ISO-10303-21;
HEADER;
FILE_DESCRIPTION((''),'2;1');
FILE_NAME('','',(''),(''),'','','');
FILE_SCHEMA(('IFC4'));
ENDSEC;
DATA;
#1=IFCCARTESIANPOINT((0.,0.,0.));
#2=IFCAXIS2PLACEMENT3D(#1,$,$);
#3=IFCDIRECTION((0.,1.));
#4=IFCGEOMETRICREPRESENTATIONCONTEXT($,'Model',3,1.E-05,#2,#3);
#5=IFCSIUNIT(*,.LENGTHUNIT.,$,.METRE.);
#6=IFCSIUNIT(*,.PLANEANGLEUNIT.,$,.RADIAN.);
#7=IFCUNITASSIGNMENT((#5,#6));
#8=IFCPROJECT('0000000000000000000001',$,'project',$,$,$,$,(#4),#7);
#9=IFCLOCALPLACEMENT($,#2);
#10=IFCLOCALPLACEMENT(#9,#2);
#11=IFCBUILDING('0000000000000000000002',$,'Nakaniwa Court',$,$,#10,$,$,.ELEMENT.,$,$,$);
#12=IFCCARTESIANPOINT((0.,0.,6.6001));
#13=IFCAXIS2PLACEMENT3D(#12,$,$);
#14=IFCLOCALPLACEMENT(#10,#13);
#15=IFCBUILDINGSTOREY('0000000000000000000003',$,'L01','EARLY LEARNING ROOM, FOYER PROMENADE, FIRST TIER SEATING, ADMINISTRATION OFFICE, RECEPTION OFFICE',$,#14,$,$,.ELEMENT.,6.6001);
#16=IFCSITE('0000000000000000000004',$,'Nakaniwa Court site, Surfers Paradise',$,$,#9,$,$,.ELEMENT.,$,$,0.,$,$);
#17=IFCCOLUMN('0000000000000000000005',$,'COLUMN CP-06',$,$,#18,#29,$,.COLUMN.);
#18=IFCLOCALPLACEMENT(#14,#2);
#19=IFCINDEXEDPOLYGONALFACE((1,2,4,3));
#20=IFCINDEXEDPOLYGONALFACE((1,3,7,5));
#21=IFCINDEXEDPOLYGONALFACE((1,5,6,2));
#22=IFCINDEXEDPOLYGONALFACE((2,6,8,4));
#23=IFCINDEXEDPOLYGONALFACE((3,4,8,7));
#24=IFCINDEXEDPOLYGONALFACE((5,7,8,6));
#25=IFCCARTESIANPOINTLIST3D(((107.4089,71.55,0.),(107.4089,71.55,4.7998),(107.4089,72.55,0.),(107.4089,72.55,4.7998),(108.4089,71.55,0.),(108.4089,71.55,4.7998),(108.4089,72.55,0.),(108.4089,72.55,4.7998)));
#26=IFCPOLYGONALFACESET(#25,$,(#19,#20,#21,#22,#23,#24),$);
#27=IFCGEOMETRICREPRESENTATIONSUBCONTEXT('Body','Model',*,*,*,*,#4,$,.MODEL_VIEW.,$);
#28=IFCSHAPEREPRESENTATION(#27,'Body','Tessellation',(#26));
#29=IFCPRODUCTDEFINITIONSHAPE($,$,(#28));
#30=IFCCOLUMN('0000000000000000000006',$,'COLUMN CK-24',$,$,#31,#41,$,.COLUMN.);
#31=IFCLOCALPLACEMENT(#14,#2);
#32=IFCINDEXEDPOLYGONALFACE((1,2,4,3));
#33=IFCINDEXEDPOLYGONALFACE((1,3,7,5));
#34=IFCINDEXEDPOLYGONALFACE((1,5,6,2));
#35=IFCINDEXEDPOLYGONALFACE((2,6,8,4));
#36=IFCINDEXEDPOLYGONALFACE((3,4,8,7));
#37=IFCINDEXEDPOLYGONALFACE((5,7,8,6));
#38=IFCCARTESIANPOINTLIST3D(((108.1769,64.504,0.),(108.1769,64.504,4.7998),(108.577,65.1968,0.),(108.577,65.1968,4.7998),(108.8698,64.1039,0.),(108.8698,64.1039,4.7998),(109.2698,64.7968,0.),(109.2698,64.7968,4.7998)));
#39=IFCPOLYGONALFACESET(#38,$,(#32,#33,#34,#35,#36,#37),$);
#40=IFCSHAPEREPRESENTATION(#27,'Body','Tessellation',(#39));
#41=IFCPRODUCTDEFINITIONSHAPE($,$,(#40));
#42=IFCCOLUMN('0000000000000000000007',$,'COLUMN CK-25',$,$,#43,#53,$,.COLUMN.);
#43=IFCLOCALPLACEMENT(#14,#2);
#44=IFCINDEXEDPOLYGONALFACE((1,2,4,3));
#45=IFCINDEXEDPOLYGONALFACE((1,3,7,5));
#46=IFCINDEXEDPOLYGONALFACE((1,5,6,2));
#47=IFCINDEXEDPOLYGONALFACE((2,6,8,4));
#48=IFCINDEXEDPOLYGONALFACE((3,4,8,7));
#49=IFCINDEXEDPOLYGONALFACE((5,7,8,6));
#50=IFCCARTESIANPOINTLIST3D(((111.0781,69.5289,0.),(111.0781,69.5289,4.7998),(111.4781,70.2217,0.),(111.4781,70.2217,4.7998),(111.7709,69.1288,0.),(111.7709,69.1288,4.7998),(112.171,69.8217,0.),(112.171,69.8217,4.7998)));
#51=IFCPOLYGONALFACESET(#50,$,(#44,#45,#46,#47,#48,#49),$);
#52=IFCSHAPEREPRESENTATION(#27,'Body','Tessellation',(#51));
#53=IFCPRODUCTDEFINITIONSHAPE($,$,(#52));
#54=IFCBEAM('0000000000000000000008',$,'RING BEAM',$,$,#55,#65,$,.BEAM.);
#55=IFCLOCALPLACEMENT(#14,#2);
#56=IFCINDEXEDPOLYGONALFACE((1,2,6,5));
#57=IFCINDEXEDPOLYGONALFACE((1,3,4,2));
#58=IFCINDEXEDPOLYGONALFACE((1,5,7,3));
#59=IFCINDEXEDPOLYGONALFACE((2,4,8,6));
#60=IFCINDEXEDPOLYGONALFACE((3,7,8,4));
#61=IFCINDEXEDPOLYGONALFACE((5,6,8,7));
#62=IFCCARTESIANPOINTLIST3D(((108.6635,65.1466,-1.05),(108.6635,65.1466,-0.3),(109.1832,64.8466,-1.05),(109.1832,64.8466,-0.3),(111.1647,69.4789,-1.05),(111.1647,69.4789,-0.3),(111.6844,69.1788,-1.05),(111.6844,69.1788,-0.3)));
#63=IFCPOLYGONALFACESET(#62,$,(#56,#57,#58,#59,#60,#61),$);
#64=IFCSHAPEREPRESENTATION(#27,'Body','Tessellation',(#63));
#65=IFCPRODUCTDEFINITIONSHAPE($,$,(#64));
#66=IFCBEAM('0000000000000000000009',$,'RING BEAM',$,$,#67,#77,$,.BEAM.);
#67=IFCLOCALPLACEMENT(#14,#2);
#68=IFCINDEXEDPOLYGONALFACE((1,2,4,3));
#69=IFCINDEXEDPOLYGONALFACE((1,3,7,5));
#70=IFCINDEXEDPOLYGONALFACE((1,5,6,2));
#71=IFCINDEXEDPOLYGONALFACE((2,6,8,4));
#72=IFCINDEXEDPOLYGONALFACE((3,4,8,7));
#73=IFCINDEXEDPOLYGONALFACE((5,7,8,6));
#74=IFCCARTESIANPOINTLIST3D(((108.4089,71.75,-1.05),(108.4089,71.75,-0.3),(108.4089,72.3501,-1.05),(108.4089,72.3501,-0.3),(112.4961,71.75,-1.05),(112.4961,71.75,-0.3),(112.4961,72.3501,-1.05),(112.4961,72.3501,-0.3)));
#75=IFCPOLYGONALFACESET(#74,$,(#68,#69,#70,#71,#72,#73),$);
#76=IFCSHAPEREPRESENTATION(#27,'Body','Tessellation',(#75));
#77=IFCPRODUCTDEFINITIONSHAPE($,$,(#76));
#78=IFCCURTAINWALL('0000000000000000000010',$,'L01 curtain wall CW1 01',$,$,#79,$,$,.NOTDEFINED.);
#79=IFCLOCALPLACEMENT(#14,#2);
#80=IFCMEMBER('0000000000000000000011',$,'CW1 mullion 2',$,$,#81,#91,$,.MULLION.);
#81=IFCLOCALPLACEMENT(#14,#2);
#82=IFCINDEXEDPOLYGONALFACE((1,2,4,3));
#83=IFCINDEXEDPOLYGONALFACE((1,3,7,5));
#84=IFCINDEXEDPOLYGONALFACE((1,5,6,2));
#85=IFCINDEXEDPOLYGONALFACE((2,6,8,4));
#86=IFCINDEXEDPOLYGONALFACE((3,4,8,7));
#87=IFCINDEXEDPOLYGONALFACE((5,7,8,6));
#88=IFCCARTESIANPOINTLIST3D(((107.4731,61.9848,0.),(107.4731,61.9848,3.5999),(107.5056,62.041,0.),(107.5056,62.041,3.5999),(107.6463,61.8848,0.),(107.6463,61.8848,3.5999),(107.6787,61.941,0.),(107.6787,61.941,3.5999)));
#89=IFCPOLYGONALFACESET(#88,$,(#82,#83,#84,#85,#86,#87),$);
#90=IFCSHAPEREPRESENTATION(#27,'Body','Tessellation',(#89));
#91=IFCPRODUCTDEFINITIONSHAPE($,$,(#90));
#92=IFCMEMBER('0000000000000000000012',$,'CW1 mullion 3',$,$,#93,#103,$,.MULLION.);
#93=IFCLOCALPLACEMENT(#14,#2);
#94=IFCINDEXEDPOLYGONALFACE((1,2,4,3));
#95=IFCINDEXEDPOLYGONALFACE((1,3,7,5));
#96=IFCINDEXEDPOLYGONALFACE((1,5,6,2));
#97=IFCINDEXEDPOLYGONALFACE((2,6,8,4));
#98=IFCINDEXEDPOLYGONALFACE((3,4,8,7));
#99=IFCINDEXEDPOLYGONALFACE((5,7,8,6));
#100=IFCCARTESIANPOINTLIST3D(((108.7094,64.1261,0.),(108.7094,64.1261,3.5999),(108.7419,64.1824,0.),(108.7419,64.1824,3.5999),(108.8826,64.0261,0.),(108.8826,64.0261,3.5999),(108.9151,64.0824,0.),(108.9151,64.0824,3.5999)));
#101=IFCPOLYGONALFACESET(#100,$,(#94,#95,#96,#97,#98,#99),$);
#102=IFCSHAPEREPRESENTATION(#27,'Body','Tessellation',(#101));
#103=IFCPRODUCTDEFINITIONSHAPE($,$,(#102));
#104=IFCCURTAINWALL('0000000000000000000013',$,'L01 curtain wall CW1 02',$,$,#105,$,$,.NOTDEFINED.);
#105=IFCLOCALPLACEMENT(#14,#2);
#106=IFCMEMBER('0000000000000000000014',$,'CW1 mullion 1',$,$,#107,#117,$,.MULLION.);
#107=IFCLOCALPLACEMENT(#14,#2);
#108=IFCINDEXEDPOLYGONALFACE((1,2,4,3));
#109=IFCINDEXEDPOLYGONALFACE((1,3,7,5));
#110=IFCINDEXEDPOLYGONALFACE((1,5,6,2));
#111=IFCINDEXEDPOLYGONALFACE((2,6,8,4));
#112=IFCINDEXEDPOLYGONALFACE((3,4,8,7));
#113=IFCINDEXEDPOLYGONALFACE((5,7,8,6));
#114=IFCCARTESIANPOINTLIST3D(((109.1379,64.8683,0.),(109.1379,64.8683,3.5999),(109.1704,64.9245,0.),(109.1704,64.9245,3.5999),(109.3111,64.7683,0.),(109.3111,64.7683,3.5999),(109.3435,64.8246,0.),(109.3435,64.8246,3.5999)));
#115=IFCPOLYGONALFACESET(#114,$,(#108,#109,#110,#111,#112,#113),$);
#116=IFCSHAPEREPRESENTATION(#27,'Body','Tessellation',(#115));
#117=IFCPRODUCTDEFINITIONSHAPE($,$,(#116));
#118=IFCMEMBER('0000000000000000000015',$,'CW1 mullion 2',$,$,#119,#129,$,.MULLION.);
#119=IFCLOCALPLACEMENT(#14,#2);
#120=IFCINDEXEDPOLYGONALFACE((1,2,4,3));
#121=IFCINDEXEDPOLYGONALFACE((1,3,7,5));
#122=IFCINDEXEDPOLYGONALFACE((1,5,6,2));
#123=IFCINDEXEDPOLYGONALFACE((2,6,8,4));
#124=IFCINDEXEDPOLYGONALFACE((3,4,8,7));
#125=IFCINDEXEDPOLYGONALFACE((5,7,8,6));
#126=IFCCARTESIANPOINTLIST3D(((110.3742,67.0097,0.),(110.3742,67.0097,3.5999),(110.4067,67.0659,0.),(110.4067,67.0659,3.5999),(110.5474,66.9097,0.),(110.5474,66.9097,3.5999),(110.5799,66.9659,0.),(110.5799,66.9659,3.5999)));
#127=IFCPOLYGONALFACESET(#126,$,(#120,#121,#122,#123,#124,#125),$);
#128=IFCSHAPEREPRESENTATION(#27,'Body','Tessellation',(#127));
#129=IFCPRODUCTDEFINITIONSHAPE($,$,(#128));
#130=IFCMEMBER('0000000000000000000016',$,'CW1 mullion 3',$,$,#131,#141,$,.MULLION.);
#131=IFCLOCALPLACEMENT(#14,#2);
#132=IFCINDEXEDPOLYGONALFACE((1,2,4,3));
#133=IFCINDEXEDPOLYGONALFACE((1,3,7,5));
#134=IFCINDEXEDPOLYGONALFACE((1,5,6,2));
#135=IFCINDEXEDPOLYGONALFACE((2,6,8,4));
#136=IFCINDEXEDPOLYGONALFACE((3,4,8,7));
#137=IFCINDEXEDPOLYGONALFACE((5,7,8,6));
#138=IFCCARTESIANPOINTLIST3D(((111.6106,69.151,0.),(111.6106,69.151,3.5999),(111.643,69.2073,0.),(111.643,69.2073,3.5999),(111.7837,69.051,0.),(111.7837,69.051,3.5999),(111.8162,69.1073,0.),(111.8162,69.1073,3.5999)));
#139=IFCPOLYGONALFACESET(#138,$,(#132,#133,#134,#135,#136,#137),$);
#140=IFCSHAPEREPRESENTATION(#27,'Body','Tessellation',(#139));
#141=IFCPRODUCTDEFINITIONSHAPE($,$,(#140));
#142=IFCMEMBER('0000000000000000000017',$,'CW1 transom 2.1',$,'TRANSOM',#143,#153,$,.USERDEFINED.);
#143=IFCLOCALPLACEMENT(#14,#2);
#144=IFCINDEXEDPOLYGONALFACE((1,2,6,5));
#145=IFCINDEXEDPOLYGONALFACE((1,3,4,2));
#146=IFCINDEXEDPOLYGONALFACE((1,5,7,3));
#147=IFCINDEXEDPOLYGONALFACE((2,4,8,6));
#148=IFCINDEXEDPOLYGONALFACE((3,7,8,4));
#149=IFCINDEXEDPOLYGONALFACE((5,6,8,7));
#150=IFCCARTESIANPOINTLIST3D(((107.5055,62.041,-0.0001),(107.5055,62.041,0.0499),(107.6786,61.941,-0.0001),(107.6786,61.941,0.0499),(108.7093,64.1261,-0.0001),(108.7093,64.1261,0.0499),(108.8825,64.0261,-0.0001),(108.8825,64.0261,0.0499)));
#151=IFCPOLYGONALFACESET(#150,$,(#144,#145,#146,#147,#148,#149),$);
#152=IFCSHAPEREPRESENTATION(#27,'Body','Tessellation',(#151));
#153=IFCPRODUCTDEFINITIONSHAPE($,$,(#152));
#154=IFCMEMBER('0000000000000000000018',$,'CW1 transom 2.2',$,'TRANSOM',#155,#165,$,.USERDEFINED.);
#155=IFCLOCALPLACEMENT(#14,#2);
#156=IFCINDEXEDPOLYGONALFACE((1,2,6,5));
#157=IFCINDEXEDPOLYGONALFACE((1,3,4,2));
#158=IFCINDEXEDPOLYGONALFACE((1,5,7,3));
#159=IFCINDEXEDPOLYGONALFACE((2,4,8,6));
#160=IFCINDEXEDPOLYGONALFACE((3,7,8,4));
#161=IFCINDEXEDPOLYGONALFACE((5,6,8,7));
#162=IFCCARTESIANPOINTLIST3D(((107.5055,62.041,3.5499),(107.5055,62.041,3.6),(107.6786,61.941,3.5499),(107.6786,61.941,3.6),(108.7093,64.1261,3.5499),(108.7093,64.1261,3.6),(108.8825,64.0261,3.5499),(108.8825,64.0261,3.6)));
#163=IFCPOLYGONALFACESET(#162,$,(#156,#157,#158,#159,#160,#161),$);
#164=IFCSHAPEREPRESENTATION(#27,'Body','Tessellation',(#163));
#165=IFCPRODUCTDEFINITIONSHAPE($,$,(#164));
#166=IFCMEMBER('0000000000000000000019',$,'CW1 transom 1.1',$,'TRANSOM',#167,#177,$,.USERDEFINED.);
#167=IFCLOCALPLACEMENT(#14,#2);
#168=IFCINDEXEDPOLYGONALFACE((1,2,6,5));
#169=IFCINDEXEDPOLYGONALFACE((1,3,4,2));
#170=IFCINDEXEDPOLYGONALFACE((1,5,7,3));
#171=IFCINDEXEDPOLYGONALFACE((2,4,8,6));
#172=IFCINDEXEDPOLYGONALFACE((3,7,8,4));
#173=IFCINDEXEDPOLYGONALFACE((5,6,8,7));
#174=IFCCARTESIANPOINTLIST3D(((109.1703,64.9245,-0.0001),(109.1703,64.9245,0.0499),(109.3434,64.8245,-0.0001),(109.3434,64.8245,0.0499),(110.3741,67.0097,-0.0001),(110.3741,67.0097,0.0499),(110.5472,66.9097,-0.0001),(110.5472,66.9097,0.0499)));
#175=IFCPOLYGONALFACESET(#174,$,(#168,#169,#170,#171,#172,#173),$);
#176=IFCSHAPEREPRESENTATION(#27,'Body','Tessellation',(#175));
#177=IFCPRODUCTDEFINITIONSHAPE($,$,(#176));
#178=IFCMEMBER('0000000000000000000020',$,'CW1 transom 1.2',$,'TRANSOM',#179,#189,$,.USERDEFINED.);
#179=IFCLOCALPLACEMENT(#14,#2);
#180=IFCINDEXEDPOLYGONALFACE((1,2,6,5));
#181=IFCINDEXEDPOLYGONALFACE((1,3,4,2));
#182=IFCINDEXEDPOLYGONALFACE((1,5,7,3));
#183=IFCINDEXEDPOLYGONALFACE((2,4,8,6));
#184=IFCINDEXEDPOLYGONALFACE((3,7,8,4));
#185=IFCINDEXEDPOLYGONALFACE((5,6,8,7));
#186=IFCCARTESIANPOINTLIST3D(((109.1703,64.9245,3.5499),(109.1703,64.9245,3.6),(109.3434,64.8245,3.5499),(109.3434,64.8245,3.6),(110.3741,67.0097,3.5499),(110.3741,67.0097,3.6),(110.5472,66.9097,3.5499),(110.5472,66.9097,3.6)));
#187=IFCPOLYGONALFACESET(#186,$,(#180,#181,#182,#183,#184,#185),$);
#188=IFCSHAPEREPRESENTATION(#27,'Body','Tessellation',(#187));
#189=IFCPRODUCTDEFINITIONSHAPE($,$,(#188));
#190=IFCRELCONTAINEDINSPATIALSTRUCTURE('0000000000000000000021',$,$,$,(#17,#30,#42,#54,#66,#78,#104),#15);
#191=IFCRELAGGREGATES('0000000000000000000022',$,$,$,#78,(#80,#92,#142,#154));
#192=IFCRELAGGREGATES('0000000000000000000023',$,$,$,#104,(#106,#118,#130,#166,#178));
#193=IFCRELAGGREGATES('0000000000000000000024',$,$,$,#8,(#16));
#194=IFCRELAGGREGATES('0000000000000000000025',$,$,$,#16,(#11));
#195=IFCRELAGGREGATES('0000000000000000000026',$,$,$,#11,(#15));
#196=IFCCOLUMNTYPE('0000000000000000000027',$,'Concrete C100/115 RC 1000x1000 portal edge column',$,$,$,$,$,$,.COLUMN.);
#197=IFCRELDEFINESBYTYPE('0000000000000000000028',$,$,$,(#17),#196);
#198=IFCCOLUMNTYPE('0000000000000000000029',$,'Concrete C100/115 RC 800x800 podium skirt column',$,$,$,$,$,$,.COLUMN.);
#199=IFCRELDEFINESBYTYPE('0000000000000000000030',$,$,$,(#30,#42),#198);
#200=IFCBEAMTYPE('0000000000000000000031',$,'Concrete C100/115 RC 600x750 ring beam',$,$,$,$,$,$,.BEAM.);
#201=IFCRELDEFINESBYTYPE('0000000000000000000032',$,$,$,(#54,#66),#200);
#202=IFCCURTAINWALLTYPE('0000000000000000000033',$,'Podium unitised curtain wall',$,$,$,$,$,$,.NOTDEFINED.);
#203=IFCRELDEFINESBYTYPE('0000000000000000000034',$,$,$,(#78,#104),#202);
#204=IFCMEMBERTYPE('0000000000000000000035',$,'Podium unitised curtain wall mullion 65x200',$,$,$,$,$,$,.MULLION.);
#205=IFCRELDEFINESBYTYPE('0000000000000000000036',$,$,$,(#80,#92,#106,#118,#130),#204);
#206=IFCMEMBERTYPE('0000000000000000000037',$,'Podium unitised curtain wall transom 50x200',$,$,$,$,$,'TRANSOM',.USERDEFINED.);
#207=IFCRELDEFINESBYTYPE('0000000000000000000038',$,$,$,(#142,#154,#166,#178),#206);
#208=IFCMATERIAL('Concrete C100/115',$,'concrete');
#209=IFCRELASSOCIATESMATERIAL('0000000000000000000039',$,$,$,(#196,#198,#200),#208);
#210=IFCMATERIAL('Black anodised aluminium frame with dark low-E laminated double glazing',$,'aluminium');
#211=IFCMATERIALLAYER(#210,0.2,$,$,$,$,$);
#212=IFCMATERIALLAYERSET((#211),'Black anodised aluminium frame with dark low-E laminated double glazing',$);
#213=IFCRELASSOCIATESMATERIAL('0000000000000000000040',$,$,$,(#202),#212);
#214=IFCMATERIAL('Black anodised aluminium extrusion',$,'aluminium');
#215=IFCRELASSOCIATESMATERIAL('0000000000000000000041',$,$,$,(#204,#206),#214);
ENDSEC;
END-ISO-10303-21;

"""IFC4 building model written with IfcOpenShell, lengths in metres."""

from ifc_helpers import new_model, si_unit, direction, frame, origin, origin_2d, place, context, subcontext, project, spatial, rectangle, extrude, material, layer, layer_set, material_profile, profile_set, type_object, element, aggregate, save


model = new_model("IFC4")

# Units and contexts
model_context = context("Model", 3, precision=1e-05, world=origin(), true_north=direction((0.0, 1.0)))
body_context = subcontext(model_context, "Body", "Model", "MODEL_VIEW")
ifc_project = project(units=[si_unit("LENGTHUNIT", "METRE"), si_unit("PLANEANGLEUNIT", "RADIAN")], contexts=[model_context])

# Site, building, storey
site_placement = place(None, origin())
site = spatial("IfcSite", under=ifc_project, at=site_placement, Name="Nakaniwa Court site, Surfers Paradise", CompositionType="ELEMENT", RefElevation=0.0)
building_placement = place(site_placement, origin())
building = spatial("IfcBuilding", under=site, at=building_placement, Name="Nakaniwa Court", CompositionType="ELEMENT")
storey_placement = place(building_placement, frame((0.0, 0.0, 6.6001)))
storey = spatial("IfcBuildingStorey", under=building, at=storey_placement, Name="L01", Description="EARLY LEARNING ROOM, FOYER PROMENADE, FIRST TIER SEATING, ADMINISTRATION OFFICE, RECEPTION OFFICE", CompositionType="ELEMENT", Elevation=6.6001)

# Columns
ifc_material_1 = material(Name="Concrete C100/115", Category="concrete")
ifc_material_profile_1 = material_profile(ifc_material_1, rectangle(XDim=1.0, YDim=1.0, at=origin_2d()), Name="Concrete C100/115 RC 1000x1000 portal edge column")
ifc_profile_set_1 = profile_set([ifc_material_profile_1], Name="Concrete C100/115")
column_type_1 = type_object("IfcColumnType", Name="Concrete C100/115 RC 1000x1000 portal edge column", PredefinedType="COLUMN", material=ifc_profile_set_1)
column_placement = place(storey_placement, frame((107.9089, 72.05, 0.0), z_axis=(0.0, 0.0, 1.0), x_axis=(1.0, 0.0, 0.0)))
element("IfcColumn", 1, at=column_placement, inside=storey, type_object=column_type_1, Name="COLUMN CP-06", PredefinedType="COLUMN", context=body_context, shape_type="SweptSolid", body=[
    extrude(rectangle(XDim=1.0, YDim=1.0, at=origin_2d()), origin(), (0.0, 0.0, 1.0), 4.7998),
])
ifc_material_profile_2 = material_profile(ifc_material_1, rectangle(XDim=0.8, YDim=0.8, at=origin_2d()), Name="Concrete C100/115 RC 800x800 podium skirt column")
ifc_profile_set_2 = profile_set([ifc_material_profile_2], Name="Concrete C100/115")
column_type_2 = type_object("IfcColumnType", Name="Concrete C100/115 RC 800x800 podium skirt column", PredefinedType="COLUMN", material=ifc_profile_set_2)
for number, where, z_axis, x_axis, name in (
    (2, (108.7234, 64.6504, 0.0), (0.0, 0.0, 1.0), (0.5, 0.866025, 0.0), "COLUMN CK-24"),
    (3, (111.6245, 69.6753, 0.0), (0.0, 0.0, 1.0), (0.5, 0.866025, 0.0), "COLUMN CK-25"),
):
    element("IfcColumn", number, at=place(storey_placement, frame(where, z_axis=z_axis, x_axis=x_axis)), inside=storey, type_object=column_type_2, Name=name, PredefinedType="COLUMN", context=body_context, shape_type="SweptSolid", body=[
        extrude(rectangle(XDim=0.8, YDim=0.8, at=origin_2d()), origin(), (0.0, 0.0, 1.0), 4.7998),
    ])

# Beams
ifc_material_profile_3 = material_profile(ifc_material_1, rectangle(XDim=0.6001, YDim=0.75, at=origin_2d()), Name="Concrete C100/115 RC 600x750 ring beam")
ifc_profile_set_3 = profile_set([ifc_material_profile_3], Name="Concrete C100/115")
beam_type = type_object("IfcBeamType", Name="Concrete C100/115 RC 600x750 ring beam", PredefinedType="BEAM", material=ifc_profile_set_3)
beam_1_placement = place(storey_placement, frame((108.9233, 64.9966, -0.675), z_axis=(0.499997, 0.866027, 0.0), x_axis=(-0.866027, 0.499997, 0.0)))
element("IfcBeam", 4, at=beam_1_placement, inside=storey, type_object=beam_type, Name="RING BEAM", PredefinedType="BEAM", context=body_context, shape_type="SweptSolid", body=[
    extrude(rectangle(XDim=0.6001, YDim=0.75, at=origin_2d()), origin(), (0.0, 0.0, 1.0), 5.0024),
])
beam_2_placement = place(storey_placement, frame((108.4089, 72.05, -0.675), z_axis=(1.0, 0.0, 0.0), x_axis=(0.0, 1.0, 0.0)))
element("IfcBeam", 5, at=beam_2_placement, inside=storey, type_object=beam_type, Name="RING BEAM", PredefinedType="BEAM", context=body_context, shape_type="SweptSolid", body=[
    extrude(rectangle(XDim=0.6001, YDim=0.75, at=origin_2d()), origin(), (0.0, 0.0, 1.0), 4.0872),
])

# Curtain walls, members
ifc_material_2 = material(Name="Black anodised aluminium frame with dark low-E laminated double glazing", Category="aluminium")
ifc_layer_1 = layer(ifc_material_2, 0.2)
ifc_layer_set_1 = layer_set([ifc_layer_1], Name="Black anodised aluminium frame with dark low-E laminated double glazing")
curtain_wall_type_1 = type_object("IfcCurtainWallType", Name="Podium unitised curtain wall", PredefinedType="NOTDEFINED", material=ifc_layer_set_1)
curtain_wall_1_placement = place(storey_placement, origin())
curtain_wall_1 = element("IfcCurtainWall", 6, at=curtain_wall_1_placement, inside=storey, type_object=curtain_wall_type_1, Name="L01 curtain wall CW1 01", PredefinedType="NOTDEFINED")
ifc_material_3 = material(Name="Black anodised aluminium extrusion", Category="aluminium")
ifc_material_profile_4 = material_profile(ifc_material_3, rectangle(XDim=0.2, YDim=0.0649, at=origin_2d()), Name="Podium unitised curtain wall mullion 65x200")
ifc_profile_set_4 = profile_set([ifc_material_profile_4], Name="Black anodised aluminium extrusion")
member_type_1 = type_object("IfcMemberType", Name="Podium unitised curtain wall mullion 65x200", PredefinedType="MULLION", material=ifc_profile_set_4)
member_1_placement = place(storey_placement, frame((107.5759, 61.9629, 0.0), z_axis=(0.0, 0.0, 1.0), x_axis=(-0.866032, 0.499988, 0.0)))
member_1 = element("IfcMember", 7, at=member_1_placement, type_object=member_type_1, Name="CW1 mullion 2", PredefinedType="MULLION", context=body_context, shape_type="SweptSolid", body=[
    extrude(rectangle(XDim=0.2, YDim=0.0649, at=origin_2d()), origin(), (0.0, 0.0, 1.0), 3.5999),
])
member_2_placement = place(storey_placement, frame((108.8123, 64.1042, 0.0), z_axis=(0.0, 0.0, 1.0), x_axis=(-0.866032, 0.499988, 0.0)))
member_2 = element("IfcMember", 8, at=member_2_placement, type_object=member_type_1, Name="CW1 mullion 3", PredefinedType="MULLION", context=body_context, shape_type="SweptSolid", body=[
    extrude(rectangle(XDim=0.2, YDim=0.0649, at=origin_2d()), origin(), (0.0, 0.0, 1.0), 3.5999),
])
curtain_wall_2_placement = place(storey_placement, origin())
curtain_wall_2 = element("IfcCurtainWall", 9, at=curtain_wall_2_placement, inside=storey, type_object=curtain_wall_type_1, Name="L01 curtain wall CW1 02", PredefinedType="NOTDEFINED")
member_3_placement = place(storey_placement, frame((109.2407, 64.8464, 0.0), z_axis=(0.0, 0.0, 1.0), x_axis=(-0.866024, 0.500003, 0.0)))
member_3 = element("IfcMember", 10, at=member_3_placement, type_object=member_type_1, Name="CW1 mullion 1", PredefinedType="MULLION", context=body_context, shape_type="SweptSolid", body=[
    extrude(rectangle(XDim=0.2, YDim=0.0649, at=origin_2d()), origin(), (0.0, 0.0, 1.0), 3.5999),
])
member_4_placement = place(storey_placement, frame((110.4771, 66.9878, 0.0), z_axis=(0.0, 0.0, 1.0), x_axis=(-0.866024, 0.500003, 0.0)))
member_4 = element("IfcMember", 11, at=member_4_placement, type_object=member_type_1, Name="CW1 mullion 2", PredefinedType="MULLION", context=body_context, shape_type="SweptSolid", body=[
    extrude(rectangle(XDim=0.2, YDim=0.0649, at=origin_2d()), origin(), (0.0, 0.0, 1.0), 3.5999),
])
member_5_placement = place(storey_placement, frame((111.7134, 69.1292, 0.0), z_axis=(0.0, 0.0, 1.0), x_axis=(-0.866024, 0.500003, 0.0)))
member_5 = element("IfcMember", 12, at=member_5_placement, type_object=member_type_1, Name="CW1 mullion 3", PredefinedType="MULLION", context=body_context, shape_type="SweptSolid", body=[
    extrude(rectangle(XDim=0.2, YDim=0.0649, at=origin_2d()), origin(), (0.0, 0.0, 1.0), 3.5999),
])

# Members
ifc_material_profile_5 = material_profile(ifc_material_3, rectangle(XDim=0.2, YDim=0.05, at=origin_2d()), Name="Podium unitised curtain wall transom 50x200")
ifc_profile_set_5 = profile_set([ifc_material_profile_5], Name="Black anodised aluminium extrusion")
member_type_2 = type_object("IfcMemberType", Name="Podium unitised curtain wall transom 50x200", ElementType="TRANSOM", PredefinedType="USERDEFINED", material=ifc_profile_set_5)
member_6_placement = place(storey_placement, frame((107.592, 61.991, 0.0249), z_axis=(0.499989, 0.866032, 0.0), x_axis=(-0.866032, 0.499989, 0.0)))
member_6 = element("IfcMember", 13, at=member_6_placement, type_object=member_type_2, Name="CW1 transom 2.1", ObjectType="TRANSOM", PredefinedType="USERDEFINED", context=body_context, shape_type="SweptSolid", body=[
    extrude(rectangle(XDim=0.2, YDim=0.05, at=origin_2d()), origin(), (0.0, 0.0, 1.0), 2.4077),
])
member_7_placement = place(storey_placement, frame((107.592, 61.991, 3.575), z_axis=(0.499989, 0.866032, 0.0), x_axis=(-0.866032, 0.499989, 0.0)))
member_7 = element("IfcMember", 14, at=member_7_placement, type_object=member_type_2, Name="CW1 transom 2.2", ObjectType="TRANSOM", PredefinedType="USERDEFINED", context=body_context, shape_type="SweptSolid", body=[
    extrude(rectangle(XDim=0.2, YDim=0.05, at=origin_2d()), origin(), (0.0, 0.0, 1.0), 2.4077),
])
member_8_placement = place(storey_placement, frame((109.2568, 64.8745, 0.0249), z_axis=(0.499989, 0.866032, 0.0), x_axis=(-0.866032, 0.499989, 0.0)))
member_8 = element("IfcMember", 15, at=member_8_placement, type_object=member_type_2, Name="CW1 transom 1.1", ObjectType="TRANSOM", PredefinedType="USERDEFINED", context=body_context, shape_type="SweptSolid", body=[
    extrude(rectangle(XDim=0.2, YDim=0.05, at=origin_2d()), origin(), (0.0, 0.0, 1.0), 2.4077),
])
member_9_placement = place(storey_placement, frame((109.2568, 64.8745, 3.575), z_axis=(0.499989, 0.866032, 0.0), x_axis=(-0.866032, 0.499989, 0.0)))
member_9 = element("IfcMember", 16, at=member_9_placement, type_object=member_type_2, Name="CW1 transom 1.2", ObjectType="TRANSOM", PredefinedType="USERDEFINED", context=body_context, shape_type="SweptSolid", body=[
    extrude(rectangle(XDim=0.2, YDim=0.05, at=origin_2d()), origin(), (0.0, 0.0, 1.0), 2.4077),
])

aggregate(curtain_wall_1, [member_1, member_2, member_6, member_7])
aggregate(curtain_wall_2, [member_3, member_4, member_5, member_8, member_9])

save(model, "model.ifc")
